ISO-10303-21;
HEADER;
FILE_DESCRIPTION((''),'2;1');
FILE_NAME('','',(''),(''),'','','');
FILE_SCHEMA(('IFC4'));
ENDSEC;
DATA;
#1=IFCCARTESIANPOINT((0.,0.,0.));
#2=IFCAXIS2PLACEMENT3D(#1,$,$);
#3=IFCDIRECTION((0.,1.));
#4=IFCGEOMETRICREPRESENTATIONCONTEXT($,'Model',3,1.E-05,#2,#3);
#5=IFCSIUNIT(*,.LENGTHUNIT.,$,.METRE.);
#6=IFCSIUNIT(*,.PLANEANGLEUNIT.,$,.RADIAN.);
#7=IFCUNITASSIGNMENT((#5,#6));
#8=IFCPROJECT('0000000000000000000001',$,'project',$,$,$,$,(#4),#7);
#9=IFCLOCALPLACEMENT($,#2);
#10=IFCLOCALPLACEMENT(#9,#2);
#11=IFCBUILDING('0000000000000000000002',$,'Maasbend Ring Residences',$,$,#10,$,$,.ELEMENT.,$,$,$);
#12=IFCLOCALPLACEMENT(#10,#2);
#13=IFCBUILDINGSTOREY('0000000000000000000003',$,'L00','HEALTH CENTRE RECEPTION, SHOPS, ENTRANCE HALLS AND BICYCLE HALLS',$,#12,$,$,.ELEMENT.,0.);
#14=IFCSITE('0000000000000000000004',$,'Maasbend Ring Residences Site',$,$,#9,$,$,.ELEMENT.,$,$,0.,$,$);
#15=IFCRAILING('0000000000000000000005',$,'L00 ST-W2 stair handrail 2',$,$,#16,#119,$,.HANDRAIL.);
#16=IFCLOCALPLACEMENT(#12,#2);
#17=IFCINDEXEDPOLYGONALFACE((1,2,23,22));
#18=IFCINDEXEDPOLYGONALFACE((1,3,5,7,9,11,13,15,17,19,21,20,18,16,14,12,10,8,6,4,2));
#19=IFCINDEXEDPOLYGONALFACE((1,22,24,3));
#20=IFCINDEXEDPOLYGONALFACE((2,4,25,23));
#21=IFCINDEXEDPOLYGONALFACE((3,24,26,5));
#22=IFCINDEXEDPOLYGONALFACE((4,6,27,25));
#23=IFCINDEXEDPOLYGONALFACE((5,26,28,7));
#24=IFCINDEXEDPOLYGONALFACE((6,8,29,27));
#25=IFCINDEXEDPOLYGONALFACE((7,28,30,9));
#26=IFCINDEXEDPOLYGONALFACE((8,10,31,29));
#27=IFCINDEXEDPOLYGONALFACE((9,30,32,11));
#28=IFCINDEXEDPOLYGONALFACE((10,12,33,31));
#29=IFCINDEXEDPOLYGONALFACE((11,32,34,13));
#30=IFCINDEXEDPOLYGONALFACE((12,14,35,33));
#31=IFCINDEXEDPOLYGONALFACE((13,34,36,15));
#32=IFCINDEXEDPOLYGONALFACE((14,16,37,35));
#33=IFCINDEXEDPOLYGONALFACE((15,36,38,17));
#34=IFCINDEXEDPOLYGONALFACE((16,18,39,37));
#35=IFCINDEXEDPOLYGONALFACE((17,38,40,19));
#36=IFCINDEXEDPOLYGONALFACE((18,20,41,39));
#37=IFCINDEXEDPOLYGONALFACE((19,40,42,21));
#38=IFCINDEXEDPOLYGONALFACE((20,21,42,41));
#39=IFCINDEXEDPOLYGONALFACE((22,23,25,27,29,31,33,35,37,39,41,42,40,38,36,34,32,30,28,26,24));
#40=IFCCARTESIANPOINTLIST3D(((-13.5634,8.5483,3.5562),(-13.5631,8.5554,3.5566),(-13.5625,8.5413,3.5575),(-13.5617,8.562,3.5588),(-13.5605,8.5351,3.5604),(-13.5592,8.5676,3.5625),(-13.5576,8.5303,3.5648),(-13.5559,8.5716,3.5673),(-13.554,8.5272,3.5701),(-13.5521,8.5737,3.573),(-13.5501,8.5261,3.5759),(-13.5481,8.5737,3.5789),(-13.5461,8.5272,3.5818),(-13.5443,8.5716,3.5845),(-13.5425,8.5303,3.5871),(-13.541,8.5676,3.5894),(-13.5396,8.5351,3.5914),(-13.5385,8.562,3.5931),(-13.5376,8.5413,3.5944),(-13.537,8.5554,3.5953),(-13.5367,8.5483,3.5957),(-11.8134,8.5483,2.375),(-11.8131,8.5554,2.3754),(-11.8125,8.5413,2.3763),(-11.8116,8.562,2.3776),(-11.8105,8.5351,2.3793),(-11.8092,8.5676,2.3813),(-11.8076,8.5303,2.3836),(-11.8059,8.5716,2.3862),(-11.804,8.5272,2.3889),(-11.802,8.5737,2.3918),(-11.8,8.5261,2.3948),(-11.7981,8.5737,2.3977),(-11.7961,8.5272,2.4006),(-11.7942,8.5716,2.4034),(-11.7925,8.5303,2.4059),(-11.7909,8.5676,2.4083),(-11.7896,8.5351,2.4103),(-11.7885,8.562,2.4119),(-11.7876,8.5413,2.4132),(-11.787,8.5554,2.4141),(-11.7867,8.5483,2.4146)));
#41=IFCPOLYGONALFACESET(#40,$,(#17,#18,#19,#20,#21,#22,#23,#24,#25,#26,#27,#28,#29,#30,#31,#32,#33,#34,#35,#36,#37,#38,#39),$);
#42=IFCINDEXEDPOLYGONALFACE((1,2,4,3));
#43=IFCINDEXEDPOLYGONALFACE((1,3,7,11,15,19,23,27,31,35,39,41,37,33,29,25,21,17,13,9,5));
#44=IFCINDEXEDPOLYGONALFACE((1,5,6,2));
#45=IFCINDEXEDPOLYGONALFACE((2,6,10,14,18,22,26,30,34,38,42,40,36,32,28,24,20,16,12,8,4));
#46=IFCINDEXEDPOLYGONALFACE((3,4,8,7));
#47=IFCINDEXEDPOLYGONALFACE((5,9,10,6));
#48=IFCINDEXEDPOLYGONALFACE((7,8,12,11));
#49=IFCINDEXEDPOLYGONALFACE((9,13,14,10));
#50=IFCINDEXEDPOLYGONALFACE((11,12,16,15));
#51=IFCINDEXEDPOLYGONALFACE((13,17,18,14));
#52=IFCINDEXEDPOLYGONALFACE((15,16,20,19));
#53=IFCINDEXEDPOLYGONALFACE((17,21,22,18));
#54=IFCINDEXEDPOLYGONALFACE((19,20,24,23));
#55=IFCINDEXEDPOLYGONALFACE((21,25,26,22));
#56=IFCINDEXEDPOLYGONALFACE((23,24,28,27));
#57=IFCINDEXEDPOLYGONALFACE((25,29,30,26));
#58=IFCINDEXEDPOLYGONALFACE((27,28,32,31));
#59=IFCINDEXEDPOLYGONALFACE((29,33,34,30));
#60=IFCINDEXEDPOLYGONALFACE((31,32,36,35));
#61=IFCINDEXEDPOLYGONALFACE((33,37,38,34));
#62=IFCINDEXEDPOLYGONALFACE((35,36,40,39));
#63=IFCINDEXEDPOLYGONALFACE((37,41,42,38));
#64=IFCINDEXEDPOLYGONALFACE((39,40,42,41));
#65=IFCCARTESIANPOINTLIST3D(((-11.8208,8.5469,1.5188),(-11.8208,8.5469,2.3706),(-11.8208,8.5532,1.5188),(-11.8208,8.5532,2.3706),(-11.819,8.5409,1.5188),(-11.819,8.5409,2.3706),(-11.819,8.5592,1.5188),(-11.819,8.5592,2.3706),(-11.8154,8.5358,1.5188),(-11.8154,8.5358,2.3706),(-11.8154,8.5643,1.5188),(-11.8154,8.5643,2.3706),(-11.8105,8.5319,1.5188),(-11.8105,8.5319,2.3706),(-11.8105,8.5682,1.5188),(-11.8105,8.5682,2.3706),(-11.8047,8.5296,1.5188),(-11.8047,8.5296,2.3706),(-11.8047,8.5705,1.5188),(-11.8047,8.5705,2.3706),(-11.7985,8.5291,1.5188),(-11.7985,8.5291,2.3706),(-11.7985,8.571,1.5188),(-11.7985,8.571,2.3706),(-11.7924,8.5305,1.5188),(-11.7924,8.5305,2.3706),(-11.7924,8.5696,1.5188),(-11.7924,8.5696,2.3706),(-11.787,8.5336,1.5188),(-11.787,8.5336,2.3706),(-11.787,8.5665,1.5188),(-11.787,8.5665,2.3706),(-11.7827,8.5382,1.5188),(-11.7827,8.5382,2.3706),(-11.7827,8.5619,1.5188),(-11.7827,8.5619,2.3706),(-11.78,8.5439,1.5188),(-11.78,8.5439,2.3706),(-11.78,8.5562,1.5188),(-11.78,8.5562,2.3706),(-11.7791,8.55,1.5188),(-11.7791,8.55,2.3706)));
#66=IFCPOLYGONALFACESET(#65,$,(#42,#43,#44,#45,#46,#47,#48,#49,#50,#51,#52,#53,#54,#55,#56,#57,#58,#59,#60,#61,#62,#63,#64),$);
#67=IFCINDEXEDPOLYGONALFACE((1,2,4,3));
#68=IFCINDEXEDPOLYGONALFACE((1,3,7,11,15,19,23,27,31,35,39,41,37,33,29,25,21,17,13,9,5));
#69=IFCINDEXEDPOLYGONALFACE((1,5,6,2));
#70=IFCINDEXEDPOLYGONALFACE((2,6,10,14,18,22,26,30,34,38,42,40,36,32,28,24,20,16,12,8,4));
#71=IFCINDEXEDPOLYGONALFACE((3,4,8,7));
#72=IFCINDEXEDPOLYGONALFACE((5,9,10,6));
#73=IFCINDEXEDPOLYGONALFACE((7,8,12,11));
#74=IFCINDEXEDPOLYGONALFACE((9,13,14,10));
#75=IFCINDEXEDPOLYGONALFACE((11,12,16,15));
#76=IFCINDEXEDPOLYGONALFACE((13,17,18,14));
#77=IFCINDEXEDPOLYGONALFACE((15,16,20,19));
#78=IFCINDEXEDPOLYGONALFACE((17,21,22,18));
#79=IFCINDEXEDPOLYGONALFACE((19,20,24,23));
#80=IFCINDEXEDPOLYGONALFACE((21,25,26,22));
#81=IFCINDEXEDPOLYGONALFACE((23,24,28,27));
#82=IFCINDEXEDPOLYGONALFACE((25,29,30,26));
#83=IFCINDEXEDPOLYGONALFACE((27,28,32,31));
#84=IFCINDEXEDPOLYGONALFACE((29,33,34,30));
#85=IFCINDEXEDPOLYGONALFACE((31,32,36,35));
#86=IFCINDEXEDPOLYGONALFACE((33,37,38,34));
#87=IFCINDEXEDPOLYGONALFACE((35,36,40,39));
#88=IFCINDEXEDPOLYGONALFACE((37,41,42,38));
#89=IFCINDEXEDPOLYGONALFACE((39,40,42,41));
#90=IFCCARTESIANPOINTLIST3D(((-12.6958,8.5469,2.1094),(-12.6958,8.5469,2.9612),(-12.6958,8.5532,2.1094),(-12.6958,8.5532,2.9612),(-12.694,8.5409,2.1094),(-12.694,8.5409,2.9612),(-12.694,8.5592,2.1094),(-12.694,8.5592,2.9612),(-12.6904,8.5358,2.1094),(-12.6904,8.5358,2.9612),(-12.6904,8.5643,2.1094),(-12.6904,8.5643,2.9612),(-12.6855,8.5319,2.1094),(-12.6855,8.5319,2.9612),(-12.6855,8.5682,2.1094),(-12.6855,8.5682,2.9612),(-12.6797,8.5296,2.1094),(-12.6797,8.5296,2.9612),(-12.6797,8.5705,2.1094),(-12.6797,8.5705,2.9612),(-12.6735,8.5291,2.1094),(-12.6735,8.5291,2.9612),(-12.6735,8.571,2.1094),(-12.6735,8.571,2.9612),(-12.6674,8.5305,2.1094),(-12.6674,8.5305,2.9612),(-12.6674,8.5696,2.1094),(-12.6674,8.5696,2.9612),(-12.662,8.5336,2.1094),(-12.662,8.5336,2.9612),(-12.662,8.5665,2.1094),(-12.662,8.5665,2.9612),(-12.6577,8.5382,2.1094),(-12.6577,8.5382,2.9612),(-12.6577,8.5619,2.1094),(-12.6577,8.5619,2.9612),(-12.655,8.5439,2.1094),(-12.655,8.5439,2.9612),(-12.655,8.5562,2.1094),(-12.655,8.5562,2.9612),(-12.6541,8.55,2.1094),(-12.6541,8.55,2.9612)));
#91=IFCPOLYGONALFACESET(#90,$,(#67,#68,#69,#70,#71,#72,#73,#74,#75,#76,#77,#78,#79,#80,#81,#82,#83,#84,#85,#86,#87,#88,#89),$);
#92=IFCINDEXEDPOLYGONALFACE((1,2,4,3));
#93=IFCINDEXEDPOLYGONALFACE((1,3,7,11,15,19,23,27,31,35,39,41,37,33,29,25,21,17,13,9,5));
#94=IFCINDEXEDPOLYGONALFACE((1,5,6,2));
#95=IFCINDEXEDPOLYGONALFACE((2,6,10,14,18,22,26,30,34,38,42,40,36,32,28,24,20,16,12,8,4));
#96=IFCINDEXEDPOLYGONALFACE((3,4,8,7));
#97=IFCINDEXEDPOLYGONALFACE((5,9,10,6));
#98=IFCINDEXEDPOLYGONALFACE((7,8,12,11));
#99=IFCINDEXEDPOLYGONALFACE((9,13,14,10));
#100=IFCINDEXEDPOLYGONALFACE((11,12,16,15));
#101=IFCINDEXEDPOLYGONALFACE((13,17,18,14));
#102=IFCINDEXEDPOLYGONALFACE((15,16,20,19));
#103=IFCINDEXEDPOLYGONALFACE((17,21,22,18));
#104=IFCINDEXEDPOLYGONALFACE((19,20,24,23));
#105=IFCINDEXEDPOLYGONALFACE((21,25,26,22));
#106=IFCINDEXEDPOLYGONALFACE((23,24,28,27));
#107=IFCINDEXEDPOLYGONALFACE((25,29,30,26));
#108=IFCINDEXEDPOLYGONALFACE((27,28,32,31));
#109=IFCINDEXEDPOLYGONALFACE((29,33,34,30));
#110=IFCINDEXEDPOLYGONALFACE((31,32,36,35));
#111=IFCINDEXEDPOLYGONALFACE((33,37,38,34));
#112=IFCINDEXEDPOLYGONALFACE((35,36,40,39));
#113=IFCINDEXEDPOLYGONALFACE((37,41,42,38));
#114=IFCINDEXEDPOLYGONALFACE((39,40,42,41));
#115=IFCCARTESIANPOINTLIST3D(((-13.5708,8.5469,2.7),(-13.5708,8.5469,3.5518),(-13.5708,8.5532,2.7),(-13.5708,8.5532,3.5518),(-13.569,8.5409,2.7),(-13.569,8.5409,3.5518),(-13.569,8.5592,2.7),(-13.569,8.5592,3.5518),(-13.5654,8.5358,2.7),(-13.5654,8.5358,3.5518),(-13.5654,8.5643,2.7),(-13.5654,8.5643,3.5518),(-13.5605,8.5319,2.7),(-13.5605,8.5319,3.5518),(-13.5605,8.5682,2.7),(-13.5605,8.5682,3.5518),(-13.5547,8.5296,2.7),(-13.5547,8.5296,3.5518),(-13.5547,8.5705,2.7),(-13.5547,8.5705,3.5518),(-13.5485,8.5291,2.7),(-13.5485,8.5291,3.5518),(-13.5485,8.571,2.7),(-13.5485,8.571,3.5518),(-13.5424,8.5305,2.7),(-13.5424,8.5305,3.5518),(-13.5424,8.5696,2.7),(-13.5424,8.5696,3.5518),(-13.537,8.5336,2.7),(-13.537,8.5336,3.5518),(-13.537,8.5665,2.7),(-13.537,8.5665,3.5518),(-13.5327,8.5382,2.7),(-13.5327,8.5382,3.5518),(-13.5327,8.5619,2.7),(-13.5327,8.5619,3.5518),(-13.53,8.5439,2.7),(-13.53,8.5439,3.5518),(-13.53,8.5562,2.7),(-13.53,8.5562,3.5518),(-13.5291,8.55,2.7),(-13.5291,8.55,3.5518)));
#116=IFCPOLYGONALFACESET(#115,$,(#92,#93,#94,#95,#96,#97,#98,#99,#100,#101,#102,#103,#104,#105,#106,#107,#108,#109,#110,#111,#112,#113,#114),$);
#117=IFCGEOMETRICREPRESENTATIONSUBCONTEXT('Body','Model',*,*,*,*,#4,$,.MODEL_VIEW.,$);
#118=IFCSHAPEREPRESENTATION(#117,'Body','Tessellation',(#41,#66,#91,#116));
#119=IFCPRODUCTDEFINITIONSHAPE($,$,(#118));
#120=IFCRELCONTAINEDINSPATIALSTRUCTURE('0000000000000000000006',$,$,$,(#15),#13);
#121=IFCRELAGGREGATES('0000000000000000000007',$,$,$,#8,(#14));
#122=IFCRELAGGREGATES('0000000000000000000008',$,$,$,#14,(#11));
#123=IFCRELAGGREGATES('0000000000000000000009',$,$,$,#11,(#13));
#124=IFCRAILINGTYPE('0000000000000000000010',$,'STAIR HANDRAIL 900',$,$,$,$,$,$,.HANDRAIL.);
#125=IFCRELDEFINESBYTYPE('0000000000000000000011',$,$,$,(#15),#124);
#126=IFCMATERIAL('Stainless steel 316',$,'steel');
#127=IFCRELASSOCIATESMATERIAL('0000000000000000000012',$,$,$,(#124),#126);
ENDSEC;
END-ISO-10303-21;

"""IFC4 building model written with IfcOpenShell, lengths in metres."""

from ifc_helpers import new_model, si_unit, direction, frame, origin, origin_2d, place, context, subcontext, project, spatial, circle, extrude, material, type_object, element, save


model = new_model("IFC4")

# Units and contexts
model_context = context("Model", 3, precision=1e-05, world=origin(), true_north=direction((0.0, 1.0)))
body_context = subcontext(model_context, "Body", "Model", "MODEL_VIEW")
ifc_project = project(units=[si_unit("LENGTHUNIT", "METRE"), si_unit("PLANEANGLEUNIT", "RADIAN")], contexts=[model_context])

# Site, building, storey
site_placement = place(None, origin())
site = spatial("IfcSite", under=ifc_project, at=site_placement, Name="Maasbend Ring Residences Site", CompositionType="ELEMENT", RefElevation=0.0)
building_placement = place(site_placement, origin())
building = spatial("IfcBuilding", under=site, at=building_placement, Name="Maasbend Ring Residences", CompositionType="ELEMENT")
storey_placement = place(building_placement, origin())
storey = spatial("IfcBuildingStorey", under=building, at=storey_placement, Name="L00", Description="HEALTH CENTRE RECEPTION, SHOPS, ENTRANCE HALLS AND BICYCLE HALLS", CompositionType="ELEMENT", Elevation=0.0)

# Railing
ifc_material_1 = material(Name="Stainless steel 316", Category="steel")
railing_type = type_object("IfcRailingType", Name="STAIR HANDRAIL 900", PredefinedType="HANDRAIL", material=ifc_material_1)
railing_1_placement = place(storey_placement, frame((-11.8, 8.55, 1.5188)))
element("IfcRailing", 1, at=railing_1_placement, inside=storey, type_object=railing_type, Name="L00 ST-W2 stair handrail 2", PredefinedType="HANDRAIL", context=body_context, shape_type="SweptSolid", body=[
    extrude(circle(Radius=0.0239, at=origin_2d()), frame((0.0, 0.0, 0.876), z_axis=(-0.82887, 0.0, 0.559441), x_axis=(0.0, -1.0, 0.0)), (0.0, 0.0, 1.0), 2.1113),
    extrude(circle(Radius=0.021, at=origin_2d()), origin(), (0.0, 0.0, 1.0), 0.8518),
    extrude(circle(Radius=0.021, at=origin_2d()), frame((-0.875, 0.0, 0.5906)), (0.0, 0.0, 1.0), 0.8518),
    extrude(circle(Radius=0.021, at=origin_2d()), frame((-1.75, 0.0, 1.1812)), (0.0, 0.0, 1.0), 0.8518),
])

save(model, "model.ifc")
